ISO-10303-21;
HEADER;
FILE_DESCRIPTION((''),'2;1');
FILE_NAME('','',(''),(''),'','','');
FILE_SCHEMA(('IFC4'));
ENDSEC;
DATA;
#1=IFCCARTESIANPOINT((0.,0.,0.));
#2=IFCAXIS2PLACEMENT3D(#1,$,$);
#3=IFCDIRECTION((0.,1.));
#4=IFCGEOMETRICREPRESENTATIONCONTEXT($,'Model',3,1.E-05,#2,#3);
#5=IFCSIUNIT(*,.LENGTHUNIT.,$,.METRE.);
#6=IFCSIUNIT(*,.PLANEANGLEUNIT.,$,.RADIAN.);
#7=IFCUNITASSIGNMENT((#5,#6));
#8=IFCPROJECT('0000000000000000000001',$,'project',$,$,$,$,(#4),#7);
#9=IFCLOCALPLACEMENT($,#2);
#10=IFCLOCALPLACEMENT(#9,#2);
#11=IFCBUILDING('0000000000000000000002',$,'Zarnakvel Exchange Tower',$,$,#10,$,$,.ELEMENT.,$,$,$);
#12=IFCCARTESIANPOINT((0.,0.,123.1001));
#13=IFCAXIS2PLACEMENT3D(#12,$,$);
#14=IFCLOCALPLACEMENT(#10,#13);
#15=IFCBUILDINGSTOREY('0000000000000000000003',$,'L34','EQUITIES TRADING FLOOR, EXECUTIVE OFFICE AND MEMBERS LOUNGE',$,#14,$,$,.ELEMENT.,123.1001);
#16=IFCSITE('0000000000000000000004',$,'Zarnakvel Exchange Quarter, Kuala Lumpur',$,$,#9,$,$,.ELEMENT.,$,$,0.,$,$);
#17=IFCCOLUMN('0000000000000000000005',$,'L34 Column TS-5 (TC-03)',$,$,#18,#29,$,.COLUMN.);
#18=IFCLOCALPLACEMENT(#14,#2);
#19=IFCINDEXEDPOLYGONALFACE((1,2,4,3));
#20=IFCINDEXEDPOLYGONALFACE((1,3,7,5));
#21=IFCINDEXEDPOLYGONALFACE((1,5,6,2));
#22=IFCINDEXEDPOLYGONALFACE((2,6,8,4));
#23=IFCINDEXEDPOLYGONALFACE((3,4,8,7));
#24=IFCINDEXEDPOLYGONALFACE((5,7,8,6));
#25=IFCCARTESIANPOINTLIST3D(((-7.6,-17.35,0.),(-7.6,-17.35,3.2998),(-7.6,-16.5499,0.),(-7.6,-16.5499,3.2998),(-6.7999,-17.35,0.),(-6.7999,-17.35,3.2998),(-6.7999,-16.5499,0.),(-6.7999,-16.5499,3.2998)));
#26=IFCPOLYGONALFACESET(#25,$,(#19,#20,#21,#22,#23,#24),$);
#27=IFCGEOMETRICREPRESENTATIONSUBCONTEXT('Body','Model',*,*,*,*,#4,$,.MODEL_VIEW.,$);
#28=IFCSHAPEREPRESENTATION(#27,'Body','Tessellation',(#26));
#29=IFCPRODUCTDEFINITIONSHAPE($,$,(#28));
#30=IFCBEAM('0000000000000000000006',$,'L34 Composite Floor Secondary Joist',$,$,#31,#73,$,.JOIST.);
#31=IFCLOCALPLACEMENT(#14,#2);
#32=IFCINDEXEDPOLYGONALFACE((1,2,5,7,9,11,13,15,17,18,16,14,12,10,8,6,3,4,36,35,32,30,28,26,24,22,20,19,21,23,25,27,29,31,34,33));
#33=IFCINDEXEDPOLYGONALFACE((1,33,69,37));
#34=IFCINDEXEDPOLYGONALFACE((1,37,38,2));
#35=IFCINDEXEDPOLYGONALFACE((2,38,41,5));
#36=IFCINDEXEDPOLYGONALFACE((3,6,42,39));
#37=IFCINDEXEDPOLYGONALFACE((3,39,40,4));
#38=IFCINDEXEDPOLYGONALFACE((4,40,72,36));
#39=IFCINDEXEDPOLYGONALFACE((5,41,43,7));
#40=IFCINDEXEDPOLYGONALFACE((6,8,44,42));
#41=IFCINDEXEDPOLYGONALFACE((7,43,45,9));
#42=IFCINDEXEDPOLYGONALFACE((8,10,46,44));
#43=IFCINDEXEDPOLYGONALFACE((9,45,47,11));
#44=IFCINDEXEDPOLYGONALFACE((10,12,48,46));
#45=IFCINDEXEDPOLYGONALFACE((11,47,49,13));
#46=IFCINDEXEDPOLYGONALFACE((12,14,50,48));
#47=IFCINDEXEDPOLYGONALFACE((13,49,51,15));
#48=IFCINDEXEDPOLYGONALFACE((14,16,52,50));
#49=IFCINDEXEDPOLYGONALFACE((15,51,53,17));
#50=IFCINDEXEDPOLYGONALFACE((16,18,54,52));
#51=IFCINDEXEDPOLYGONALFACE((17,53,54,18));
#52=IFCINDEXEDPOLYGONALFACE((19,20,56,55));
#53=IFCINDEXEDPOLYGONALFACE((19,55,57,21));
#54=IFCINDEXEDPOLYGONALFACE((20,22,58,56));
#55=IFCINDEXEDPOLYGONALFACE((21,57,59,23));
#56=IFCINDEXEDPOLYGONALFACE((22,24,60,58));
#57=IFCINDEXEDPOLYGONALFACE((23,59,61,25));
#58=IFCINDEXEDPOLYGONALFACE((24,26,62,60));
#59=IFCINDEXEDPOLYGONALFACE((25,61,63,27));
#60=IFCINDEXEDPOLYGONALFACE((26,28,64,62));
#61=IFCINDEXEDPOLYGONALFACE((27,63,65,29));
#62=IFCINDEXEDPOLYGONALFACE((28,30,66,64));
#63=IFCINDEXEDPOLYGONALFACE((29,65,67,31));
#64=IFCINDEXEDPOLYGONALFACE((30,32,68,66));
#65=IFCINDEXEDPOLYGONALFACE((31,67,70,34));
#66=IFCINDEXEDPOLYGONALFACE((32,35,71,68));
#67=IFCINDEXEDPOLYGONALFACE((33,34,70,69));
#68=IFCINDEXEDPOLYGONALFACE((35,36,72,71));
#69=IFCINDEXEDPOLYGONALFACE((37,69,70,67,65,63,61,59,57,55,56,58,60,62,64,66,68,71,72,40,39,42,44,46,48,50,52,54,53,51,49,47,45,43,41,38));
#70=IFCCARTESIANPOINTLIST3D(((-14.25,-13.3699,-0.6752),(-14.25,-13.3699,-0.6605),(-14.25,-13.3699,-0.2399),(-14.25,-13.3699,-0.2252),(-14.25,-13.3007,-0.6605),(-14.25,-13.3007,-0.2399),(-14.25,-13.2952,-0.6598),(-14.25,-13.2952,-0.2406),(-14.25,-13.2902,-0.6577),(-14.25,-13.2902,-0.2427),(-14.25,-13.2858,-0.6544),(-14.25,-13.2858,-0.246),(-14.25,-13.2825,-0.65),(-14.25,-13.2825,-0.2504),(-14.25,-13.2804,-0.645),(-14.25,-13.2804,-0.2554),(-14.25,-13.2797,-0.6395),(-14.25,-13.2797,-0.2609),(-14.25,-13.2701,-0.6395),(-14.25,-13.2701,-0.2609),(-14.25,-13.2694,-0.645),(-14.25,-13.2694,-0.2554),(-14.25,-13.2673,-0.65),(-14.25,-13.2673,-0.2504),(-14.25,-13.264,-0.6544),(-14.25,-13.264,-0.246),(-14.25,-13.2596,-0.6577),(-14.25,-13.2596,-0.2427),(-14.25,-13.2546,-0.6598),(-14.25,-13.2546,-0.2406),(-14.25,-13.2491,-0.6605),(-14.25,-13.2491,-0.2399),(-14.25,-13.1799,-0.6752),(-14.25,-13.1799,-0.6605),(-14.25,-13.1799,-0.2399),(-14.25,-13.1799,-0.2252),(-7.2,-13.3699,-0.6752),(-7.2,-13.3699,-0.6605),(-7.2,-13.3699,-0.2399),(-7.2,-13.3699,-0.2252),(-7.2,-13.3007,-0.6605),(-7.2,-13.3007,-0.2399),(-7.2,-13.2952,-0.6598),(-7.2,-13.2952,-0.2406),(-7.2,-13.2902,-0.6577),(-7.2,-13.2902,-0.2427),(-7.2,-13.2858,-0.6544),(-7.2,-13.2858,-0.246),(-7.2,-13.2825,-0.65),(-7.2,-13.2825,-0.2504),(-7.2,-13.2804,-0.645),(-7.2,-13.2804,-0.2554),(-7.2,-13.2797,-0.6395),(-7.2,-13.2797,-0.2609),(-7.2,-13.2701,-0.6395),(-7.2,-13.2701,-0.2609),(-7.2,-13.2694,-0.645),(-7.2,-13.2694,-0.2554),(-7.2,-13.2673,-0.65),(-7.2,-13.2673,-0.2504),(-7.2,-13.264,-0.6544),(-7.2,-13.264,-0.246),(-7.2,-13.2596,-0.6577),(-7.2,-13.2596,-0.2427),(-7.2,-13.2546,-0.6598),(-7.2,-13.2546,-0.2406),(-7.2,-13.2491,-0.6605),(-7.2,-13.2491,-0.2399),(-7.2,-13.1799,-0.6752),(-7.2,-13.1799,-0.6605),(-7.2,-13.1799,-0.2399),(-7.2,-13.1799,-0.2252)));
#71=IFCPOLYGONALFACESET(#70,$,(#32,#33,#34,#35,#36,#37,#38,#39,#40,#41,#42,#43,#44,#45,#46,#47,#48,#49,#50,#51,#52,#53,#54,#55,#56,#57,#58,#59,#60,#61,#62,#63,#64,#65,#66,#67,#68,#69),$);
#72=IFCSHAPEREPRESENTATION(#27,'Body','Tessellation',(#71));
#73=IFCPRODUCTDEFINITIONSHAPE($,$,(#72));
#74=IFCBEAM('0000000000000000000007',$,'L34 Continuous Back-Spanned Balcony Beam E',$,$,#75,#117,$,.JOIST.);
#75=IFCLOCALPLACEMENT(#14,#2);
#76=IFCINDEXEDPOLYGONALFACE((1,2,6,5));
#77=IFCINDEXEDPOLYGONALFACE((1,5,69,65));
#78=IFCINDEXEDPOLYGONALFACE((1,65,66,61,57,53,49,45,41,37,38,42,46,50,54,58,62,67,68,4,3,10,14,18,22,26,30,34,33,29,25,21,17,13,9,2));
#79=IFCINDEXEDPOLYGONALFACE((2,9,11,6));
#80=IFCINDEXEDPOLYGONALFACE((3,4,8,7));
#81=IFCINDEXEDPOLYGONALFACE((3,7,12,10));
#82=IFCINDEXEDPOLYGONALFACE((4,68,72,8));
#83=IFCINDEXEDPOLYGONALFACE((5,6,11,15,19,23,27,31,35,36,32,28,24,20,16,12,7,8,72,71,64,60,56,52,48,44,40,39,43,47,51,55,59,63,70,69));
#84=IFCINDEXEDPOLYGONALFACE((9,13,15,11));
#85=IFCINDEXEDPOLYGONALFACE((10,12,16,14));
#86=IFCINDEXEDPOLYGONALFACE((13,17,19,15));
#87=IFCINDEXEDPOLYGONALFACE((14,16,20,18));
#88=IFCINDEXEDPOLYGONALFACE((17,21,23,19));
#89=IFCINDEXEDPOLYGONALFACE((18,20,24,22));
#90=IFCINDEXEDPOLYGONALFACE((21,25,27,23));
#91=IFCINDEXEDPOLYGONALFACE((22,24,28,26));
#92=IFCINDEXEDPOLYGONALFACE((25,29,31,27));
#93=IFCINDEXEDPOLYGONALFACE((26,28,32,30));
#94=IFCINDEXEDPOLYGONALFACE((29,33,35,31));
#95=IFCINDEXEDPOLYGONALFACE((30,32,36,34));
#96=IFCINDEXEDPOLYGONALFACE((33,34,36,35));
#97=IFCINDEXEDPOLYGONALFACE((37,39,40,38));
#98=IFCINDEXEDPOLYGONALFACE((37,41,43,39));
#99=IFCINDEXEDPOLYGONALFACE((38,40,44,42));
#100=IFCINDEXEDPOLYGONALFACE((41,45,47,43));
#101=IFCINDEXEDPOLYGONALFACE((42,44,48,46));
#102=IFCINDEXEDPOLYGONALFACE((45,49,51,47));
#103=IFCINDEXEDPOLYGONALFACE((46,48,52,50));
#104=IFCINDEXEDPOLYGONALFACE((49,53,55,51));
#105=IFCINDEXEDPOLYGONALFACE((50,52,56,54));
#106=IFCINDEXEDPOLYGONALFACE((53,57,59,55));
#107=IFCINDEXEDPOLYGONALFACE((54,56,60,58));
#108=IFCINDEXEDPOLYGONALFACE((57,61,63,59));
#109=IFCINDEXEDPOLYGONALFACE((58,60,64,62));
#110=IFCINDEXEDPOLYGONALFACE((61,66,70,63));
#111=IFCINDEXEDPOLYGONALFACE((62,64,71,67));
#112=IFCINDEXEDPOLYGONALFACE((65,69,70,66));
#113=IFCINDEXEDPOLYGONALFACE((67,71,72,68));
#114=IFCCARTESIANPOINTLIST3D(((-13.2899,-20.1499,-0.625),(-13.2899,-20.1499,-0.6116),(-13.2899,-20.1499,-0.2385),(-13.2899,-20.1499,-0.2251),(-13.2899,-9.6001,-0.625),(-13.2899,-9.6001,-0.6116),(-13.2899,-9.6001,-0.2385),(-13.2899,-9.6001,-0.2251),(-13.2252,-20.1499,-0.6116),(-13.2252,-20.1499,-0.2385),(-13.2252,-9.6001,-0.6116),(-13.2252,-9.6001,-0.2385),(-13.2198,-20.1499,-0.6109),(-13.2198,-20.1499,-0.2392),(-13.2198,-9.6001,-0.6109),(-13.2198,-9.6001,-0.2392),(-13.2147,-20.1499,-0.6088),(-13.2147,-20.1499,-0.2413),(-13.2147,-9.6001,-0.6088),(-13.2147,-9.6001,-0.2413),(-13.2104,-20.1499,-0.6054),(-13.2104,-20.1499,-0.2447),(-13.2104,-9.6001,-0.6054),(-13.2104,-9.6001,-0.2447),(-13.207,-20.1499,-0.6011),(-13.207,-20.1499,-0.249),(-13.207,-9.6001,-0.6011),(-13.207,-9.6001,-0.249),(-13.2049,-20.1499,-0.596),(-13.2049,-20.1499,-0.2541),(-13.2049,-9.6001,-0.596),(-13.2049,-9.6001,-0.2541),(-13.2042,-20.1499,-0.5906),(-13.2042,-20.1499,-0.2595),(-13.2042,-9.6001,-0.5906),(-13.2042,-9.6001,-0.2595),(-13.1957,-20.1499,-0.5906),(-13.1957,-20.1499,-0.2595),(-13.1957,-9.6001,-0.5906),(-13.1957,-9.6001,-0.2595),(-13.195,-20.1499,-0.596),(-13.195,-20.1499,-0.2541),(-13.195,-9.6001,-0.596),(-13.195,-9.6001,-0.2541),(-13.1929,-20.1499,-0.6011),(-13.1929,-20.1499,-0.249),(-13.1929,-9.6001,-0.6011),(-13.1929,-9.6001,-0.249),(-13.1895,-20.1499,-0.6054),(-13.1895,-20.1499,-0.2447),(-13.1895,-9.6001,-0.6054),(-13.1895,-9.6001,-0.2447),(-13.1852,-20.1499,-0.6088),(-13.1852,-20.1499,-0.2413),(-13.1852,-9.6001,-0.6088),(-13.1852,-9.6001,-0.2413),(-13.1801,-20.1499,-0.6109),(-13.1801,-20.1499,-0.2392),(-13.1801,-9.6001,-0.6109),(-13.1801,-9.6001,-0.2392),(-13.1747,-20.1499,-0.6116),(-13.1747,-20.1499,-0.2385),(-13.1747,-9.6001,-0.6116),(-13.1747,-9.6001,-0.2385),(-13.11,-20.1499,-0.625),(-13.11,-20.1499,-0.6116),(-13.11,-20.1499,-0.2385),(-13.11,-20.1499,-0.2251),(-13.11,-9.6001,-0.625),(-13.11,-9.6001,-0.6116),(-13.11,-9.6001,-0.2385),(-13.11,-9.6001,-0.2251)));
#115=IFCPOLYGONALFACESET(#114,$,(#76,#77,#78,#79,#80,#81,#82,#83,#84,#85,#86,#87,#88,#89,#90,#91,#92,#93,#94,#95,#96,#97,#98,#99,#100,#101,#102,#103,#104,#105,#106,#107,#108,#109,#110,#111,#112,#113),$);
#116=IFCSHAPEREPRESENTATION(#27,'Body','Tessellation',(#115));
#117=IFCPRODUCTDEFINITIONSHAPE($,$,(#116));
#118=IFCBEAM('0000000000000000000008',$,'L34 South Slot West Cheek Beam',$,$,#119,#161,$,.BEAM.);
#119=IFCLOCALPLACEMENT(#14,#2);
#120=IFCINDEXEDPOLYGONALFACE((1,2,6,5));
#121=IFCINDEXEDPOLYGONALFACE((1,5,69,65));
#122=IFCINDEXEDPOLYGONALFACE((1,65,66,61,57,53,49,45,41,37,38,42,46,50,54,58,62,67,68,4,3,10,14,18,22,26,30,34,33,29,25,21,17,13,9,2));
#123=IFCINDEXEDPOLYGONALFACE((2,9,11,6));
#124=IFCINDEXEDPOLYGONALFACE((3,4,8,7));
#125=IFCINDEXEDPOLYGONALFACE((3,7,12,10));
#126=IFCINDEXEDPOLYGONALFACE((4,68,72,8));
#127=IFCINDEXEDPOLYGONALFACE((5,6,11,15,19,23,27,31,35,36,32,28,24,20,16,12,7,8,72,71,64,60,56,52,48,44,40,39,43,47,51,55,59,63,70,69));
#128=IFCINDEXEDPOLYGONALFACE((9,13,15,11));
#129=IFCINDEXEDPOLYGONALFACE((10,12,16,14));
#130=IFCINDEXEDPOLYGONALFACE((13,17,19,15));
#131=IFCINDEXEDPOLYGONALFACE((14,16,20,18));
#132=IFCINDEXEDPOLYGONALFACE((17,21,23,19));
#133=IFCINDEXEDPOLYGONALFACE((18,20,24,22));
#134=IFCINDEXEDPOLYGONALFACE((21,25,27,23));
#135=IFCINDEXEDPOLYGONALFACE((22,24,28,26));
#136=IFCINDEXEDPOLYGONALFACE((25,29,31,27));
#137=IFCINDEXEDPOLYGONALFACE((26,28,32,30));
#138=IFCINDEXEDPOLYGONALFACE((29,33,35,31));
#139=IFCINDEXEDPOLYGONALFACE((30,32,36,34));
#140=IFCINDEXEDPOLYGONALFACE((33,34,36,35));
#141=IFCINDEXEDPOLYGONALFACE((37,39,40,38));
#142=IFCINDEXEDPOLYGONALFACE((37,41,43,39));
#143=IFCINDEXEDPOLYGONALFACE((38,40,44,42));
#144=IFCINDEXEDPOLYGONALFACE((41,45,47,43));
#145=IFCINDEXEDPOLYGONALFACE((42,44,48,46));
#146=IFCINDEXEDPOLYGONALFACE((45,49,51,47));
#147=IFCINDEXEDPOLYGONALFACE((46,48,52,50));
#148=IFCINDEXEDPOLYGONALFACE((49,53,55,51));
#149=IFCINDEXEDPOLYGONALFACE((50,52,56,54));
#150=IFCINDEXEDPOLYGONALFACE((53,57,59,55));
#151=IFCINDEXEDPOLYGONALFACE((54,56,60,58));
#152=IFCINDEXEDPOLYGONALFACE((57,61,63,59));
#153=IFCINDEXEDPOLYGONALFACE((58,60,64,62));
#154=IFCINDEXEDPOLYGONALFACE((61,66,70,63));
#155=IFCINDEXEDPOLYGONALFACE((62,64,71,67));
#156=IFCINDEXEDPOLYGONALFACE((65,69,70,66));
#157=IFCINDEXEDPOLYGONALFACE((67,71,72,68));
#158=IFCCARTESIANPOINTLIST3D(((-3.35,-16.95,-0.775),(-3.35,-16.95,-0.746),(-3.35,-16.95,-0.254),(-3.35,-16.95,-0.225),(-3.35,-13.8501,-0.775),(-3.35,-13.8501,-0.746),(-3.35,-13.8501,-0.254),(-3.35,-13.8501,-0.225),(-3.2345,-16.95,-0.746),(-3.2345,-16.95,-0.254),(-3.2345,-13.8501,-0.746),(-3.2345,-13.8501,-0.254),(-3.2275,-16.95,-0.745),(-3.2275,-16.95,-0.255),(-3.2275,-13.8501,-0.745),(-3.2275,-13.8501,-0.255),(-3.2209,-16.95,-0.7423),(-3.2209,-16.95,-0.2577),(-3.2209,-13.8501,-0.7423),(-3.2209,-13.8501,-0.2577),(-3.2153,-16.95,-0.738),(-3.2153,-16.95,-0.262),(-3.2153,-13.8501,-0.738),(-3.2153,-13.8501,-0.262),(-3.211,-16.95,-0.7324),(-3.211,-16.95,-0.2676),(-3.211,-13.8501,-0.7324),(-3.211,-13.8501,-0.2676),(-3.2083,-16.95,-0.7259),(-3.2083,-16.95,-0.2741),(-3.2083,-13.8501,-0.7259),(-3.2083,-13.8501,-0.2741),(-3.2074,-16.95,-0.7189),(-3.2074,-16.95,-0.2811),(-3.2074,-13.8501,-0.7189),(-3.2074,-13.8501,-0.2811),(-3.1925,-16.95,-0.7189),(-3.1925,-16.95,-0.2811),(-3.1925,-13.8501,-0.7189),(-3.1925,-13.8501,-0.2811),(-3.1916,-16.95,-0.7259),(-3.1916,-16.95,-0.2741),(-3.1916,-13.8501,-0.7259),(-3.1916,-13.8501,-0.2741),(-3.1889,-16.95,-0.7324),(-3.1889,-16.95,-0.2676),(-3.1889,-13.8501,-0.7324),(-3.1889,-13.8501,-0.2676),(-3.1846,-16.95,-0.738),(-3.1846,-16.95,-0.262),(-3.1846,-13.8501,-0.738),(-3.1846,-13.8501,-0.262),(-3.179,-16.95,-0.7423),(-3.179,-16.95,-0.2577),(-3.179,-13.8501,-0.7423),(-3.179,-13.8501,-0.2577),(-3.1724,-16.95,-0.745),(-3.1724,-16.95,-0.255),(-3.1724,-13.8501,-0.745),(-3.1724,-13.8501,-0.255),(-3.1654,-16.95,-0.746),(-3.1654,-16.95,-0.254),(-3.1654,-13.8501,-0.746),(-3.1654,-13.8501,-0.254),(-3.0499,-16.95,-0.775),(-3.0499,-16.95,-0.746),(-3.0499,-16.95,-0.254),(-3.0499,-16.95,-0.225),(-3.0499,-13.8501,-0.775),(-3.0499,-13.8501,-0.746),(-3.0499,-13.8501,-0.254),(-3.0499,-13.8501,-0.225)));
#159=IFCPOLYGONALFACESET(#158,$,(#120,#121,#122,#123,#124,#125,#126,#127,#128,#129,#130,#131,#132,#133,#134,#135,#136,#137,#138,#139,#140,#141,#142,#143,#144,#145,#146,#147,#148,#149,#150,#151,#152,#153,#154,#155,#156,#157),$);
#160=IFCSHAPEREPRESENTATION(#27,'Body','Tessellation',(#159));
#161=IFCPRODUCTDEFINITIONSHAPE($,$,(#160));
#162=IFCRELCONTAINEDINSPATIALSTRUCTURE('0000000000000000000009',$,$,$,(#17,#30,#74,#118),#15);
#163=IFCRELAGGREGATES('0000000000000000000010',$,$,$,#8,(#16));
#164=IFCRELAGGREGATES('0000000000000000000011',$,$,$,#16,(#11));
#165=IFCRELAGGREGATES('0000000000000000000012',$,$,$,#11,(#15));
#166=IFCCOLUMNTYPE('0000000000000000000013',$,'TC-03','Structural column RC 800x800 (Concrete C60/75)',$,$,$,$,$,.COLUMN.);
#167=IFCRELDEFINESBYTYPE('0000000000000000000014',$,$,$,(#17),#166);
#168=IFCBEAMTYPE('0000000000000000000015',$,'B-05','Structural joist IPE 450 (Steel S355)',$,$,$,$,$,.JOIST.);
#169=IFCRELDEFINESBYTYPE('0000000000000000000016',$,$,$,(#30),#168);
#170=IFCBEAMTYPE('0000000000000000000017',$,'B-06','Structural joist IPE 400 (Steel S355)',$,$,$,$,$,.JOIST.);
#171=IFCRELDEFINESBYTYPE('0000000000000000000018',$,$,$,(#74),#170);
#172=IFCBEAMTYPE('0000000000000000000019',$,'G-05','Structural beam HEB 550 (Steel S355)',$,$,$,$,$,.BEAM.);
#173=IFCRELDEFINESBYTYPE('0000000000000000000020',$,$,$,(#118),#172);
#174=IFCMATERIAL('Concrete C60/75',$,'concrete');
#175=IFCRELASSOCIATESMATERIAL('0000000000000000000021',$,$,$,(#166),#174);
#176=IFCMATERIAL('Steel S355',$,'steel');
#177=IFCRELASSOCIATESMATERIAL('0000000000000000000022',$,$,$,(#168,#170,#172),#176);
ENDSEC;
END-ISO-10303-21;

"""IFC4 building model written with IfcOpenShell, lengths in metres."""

from ifc_helpers import new_model, si_unit, direction, frame, origin, origin_2d, place, context, subcontext, project, spatial, rectangle, i_section, extrude, material, material_profile, profile_set, type_object, element, save


model = new_model("IFC4")

# Units and contexts
model_context = context("Model", 3, precision=1e-05, world=origin(), true_north=direction((0.0, 1.0)))
body_context = subcontext(model_context, "Body", "Model", "MODEL_VIEW")
ifc_project = project(units=[si_unit("LENGTHUNIT", "METRE"), si_unit("PLANEANGLEUNIT", "RADIAN")], contexts=[model_context])

# Site, building, storey
site_placement = place(None, origin())
site = spatial("IfcSite", under=ifc_project, at=site_placement, Name="Zarnakvel Exchange Quarter, Kuala Lumpur", CompositionType="ELEMENT", RefElevation=0.0)
building_placement = place(site_placement, origin())
building = spatial("IfcBuilding", under=site, at=building_placement, Name="Zarnakvel Exchange Tower", CompositionType="ELEMENT")
storey_placement = place(building_placement, frame((0.0, 0.0, 123.1001)))
storey = spatial("IfcBuildingStorey", under=building, at=storey_placement, Name="L34", Description="EQUITIES TRADING FLOOR, EXECUTIVE OFFICE AND MEMBERS LOUNGE", CompositionType="ELEMENT", Elevation=123.1001)

# Column
ifc_material_1 = material(Name="Concrete C60/75", Category="concrete")
ifc_material_profile_1 = material_profile(ifc_material_1, rectangle(XDim=0.8, YDim=0.8, at=origin_2d()))
ifc_profile_set_1 = profile_set([ifc_material_profile_1], Name="Concrete C60/75")
column_type = type_object("IfcColumnType", Name="TC-03", Description="Structural column RC 800x800 (Concrete C60/75)", PredefinedType="COLUMN", material=ifc_profile_set_1)
column_placement = place(storey_placement, frame((-7.2, -16.95, 0.0), z_axis=(0.0, 0.0, 1.0), x_axis=(1.0, 0.0, 0.0)))
element("IfcColumn", 1, at=column_placement, inside=storey, type_object=column_type, Name="L34 Column TS-5 (TC-03)", PredefinedType="COLUMN", context=body_context, shape_type="SweptSolid", body=[
    extrude(rectangle(XDim=0.8, YDim=0.8, at=origin_2d()), origin(), (0.0, 0.0, 1.0), 3.2998),
])

# Beams
ifc_material_2 = material(Name="Steel S355", Category="steel")
ifc_material_profile_2 = material_profile(ifc_material_2, i_section(OverallWidth=0.1899, OverallDepth=0.45, WebThickness=0.0095, FlangeThickness=0.0146, FilletRadius=0.021, at=origin_2d()))
ifc_profile_set_2 = profile_set([ifc_material_profile_2], Name="Steel S355")
beam_type_1 = type_object("IfcBeamType", Name="B-05", Description="Structural joist IPE 450 (Steel S355)", PredefinedType="JOIST", material=ifc_profile_set_2)
beam_1_placement = place(storey_placement, frame((-14.25, -13.2749, -0.4502), z_axis=(1.0, 0.0, 0.0), x_axis=(0.0, 1.0, 0.0)))
element("IfcBeam", 2, at=beam_1_placement, inside=storey, type_object=beam_type_1, Name="L34 Composite Floor Secondary Joist", PredefinedType="JOIST", context=body_context, shape_type="SweptSolid", body=[
    extrude(i_section(OverallWidth=0.1899, OverallDepth=0.45, WebThickness=0.0095, FlangeThickness=0.0146, FilletRadius=0.021, at=origin_2d()), origin(), (0.0, 0.0, 1.0), 7.05),
])
ifc_material_profile_3 = material_profile(ifc_material_2, i_section(OverallWidth=0.1799, OverallDepth=0.3999, WebThickness=0.0085, FlangeThickness=0.0134, FilletRadius=0.021, at=origin_2d()))
ifc_profile_set_3 = profile_set([ifc_material_profile_3], Name="Steel S355")
beam_type_2 = type_object("IfcBeamType", Name="B-06", Description="Structural joist IPE 400 (Steel S355)", PredefinedType="JOIST", material=ifc_profile_set_3)
beam_2_placement = place(storey_placement, frame((-13.2, -9.6001, -0.425), z_axis=(0.0, -1.0, 0.0), x_axis=(1.0, 0.0, 0.0)))
element("IfcBeam", 3, at=beam_2_placement, inside=storey, type_object=beam_type_2, Name="L34 Continuous Back-Spanned Balcony Beam E", PredefinedType="JOIST", context=body_context, shape_type="SweptSolid", body=[
    extrude(i_section(OverallWidth=0.1799, OverallDepth=0.3999, WebThickness=0.0085, FlangeThickness=0.0134, FilletRadius=0.021, at=origin_2d()), origin(), (0.0, 0.0, 1.0), 10.5498),
])
ifc_material_profile_4 = material_profile(ifc_material_2, i_section(OverallWidth=0.3, OverallDepth=0.55, WebThickness=0.0149, FlangeThickness=0.0291, FilletRadius=0.0271, at=origin_2d()))
ifc_profile_set_4 = profile_set([ifc_material_profile_4], Name="Steel S355")
beam_type_3 = type_object("IfcBeamType", Name="G-05", Description="Structural beam HEB 550 (Steel S355)", PredefinedType="BEAM", material=ifc_profile_set_4)
beam_3_placement = place(storey_placement, frame((-3.2, -16.95, -0.5), z_axis=(0.0, 1.0, 0.0), x_axis=(-1.0, 0.0, 0.0)))
element("IfcBeam", 4, at=beam_3_placement, inside=storey, type_object=beam_type_3, Name="L34 South Slot West Cheek Beam", PredefinedType="BEAM", context=body_context, shape_type="SweptSolid", body=[
    extrude(i_section(OverallWidth=0.3, OverallDepth=0.55, WebThickness=0.0149, FlangeThickness=0.0291, FilletRadius=0.0271, at=origin_2d()), origin(), (0.0, 0.0, 1.0), 3.0999),
])

save(model, "model.ifc")
